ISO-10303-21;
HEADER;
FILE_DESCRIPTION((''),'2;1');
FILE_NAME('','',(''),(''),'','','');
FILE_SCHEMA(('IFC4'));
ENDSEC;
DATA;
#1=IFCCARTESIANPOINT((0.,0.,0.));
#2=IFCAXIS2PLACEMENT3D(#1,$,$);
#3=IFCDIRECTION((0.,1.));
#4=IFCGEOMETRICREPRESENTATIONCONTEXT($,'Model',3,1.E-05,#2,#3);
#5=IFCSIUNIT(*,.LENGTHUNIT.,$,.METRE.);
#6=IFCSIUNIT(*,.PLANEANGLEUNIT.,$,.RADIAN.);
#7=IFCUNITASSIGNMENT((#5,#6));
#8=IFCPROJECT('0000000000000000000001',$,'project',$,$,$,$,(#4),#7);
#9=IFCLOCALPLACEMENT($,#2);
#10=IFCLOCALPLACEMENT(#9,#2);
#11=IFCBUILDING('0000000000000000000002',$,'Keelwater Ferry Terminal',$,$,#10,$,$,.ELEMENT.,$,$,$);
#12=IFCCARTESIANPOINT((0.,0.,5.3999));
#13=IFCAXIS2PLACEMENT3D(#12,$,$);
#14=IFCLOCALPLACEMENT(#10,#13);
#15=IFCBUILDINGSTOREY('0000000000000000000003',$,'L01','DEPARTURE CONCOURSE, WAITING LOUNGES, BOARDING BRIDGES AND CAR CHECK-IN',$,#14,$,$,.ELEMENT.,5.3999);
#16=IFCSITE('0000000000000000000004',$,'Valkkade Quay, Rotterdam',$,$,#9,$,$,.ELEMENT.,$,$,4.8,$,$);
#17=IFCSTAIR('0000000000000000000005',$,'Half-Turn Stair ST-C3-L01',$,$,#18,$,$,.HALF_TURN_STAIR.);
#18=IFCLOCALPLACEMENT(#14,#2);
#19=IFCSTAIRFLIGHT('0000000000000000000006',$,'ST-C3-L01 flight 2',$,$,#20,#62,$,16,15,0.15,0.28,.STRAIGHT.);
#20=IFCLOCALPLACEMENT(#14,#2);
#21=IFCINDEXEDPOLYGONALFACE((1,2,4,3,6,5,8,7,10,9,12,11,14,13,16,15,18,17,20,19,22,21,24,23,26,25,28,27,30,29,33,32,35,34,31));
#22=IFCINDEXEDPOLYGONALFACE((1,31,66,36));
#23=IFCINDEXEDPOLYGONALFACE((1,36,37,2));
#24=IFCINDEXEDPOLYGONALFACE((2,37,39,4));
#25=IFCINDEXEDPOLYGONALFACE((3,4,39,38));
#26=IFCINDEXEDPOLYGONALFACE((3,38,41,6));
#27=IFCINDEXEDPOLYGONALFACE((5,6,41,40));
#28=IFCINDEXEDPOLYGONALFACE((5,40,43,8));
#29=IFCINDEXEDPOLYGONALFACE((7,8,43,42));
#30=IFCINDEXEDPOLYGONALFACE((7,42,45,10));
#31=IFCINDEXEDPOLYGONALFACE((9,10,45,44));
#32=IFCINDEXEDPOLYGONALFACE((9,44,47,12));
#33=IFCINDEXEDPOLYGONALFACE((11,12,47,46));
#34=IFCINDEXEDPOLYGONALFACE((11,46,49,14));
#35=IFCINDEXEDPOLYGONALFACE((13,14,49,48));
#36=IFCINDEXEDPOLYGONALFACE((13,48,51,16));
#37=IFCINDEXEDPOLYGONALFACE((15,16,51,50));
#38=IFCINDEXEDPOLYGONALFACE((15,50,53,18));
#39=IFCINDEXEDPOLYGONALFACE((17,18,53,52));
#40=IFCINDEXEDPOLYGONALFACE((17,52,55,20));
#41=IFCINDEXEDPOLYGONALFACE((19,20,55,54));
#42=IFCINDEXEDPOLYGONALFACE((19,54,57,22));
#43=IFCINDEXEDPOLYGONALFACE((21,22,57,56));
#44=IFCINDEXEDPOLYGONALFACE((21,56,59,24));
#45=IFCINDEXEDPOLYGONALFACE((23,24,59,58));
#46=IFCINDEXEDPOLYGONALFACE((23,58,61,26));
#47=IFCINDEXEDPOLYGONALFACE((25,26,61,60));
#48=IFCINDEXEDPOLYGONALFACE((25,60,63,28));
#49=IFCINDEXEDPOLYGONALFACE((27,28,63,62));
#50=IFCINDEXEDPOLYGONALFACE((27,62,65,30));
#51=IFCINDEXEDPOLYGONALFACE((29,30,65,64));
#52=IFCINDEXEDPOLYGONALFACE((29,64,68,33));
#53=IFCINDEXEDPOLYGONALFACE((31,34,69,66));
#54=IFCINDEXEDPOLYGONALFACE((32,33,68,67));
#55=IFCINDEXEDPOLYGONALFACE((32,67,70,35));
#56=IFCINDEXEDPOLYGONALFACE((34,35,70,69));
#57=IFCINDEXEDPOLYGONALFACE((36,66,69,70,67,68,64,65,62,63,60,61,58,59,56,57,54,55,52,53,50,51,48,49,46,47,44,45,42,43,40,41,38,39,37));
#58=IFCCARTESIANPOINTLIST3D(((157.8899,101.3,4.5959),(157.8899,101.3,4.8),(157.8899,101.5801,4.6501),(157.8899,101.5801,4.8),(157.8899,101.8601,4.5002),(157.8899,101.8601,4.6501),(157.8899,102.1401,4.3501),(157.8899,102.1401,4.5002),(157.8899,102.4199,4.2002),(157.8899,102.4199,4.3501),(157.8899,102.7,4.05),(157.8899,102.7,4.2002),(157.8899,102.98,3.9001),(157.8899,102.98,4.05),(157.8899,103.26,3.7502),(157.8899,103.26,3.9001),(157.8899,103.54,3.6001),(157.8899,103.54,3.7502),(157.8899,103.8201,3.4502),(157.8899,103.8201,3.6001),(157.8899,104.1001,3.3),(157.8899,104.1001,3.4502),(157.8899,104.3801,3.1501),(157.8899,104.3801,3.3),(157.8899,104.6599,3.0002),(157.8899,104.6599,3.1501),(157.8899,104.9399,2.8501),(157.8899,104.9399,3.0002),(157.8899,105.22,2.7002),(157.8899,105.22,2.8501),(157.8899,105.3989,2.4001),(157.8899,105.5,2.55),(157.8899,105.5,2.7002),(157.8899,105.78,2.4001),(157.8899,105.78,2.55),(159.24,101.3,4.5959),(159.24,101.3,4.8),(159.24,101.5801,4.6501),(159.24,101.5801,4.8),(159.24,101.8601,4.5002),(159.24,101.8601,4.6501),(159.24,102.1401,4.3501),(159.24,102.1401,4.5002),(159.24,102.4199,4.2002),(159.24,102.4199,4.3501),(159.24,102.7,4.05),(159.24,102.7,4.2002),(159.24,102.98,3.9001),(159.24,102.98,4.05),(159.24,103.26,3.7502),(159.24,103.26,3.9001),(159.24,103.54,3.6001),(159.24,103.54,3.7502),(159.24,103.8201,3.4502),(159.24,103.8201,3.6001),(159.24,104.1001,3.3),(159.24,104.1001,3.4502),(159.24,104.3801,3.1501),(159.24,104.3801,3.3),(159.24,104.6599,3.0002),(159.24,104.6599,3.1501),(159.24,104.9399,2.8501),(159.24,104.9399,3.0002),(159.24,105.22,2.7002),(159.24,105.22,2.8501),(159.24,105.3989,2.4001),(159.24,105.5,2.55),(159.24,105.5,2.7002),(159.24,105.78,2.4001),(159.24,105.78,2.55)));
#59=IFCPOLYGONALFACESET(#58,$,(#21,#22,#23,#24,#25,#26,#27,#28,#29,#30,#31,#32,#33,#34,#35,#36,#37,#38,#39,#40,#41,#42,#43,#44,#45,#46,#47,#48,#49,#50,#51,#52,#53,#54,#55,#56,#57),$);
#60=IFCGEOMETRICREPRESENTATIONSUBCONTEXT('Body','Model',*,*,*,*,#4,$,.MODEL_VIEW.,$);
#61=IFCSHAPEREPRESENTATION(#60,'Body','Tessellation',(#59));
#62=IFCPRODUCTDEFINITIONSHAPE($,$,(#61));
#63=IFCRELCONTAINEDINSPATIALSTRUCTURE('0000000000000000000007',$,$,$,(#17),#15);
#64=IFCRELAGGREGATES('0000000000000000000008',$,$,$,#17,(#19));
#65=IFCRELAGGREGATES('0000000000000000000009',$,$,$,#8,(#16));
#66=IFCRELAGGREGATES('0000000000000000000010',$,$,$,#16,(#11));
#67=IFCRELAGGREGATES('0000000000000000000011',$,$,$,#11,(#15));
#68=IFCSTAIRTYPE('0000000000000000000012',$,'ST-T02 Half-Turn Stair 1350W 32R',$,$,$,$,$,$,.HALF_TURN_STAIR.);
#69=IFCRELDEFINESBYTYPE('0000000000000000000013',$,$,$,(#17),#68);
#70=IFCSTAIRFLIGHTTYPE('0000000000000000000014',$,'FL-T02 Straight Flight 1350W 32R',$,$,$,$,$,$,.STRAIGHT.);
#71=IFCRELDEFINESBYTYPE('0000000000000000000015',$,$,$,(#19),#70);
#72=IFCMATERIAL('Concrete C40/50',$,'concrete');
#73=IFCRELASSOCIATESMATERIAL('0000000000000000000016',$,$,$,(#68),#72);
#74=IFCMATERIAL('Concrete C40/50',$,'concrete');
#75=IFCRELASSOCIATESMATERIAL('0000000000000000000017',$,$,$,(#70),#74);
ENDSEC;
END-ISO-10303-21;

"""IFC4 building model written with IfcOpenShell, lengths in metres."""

from ifc_helpers import new_model, si_unit, direction, frame, origin, place, context, subcontext, project, spatial, polyline, outline, extrude, material, type_object, element, aggregate, save


model = new_model("IFC4")

# Units and contexts
model_context = context("Model", 3, precision=1e-05, world=origin(), true_north=direction((0.0, 1.0)))
body_context = subcontext(model_context, "Body", "Model", "MODEL_VIEW")
ifc_project = project(units=[si_unit("LENGTHUNIT", "METRE"), si_unit("PLANEANGLEUNIT", "RADIAN")], contexts=[model_context])

# Site, building, storey
site_placement = place(None, origin())
site = spatial("IfcSite", under=ifc_project, at=site_placement, Name="Valkkade Quay, Rotterdam", CompositionType="ELEMENT", RefElevation=4.8)
building_placement = place(site_placement, origin())
building = spatial("IfcBuilding", under=site, at=building_placement, Name="Keelwater Ferry Terminal", CompositionType="ELEMENT")
storey_placement = place(building_placement, frame((0.0, 0.0, 5.3999)))
storey = spatial("IfcBuildingStorey", under=building, at=storey_placement, Name="L01", Description="DEPARTURE CONCOURSE, WAITING LOUNGES, BOARDING BRIDGES AND CAR CHECK-IN", CompositionType="ELEMENT", Elevation=5.3999)

# Stair, stair flight
ifc_material_1 = material(Name="Concrete C40/50", Category="concrete")
stair_type = type_object("IfcStairType", Name="ST-T02 Half-Turn Stair 1350W 32R", PredefinedType="HALF_TURN_STAIR", material=ifc_material_1)
stair_placement = place(storey_placement, origin())
stair = element("IfcStair", 1, at=stair_placement, inside=storey, type_object=stair_type, Name="Half-Turn Stair ST-C3-L01", PredefinedType="HALF_TURN_STAIR")
ifc_material_2 = material(Name="Concrete C40/50", Category="concrete")
stair_flight_type = type_object("IfcStairFlightType", Name="FL-T02 Straight Flight 1350W 32R", PredefinedType="STRAIGHT", material=ifc_material_2)
stair_flight_placement = place(storey_placement, frame((158.5649, 105.78, 2.4001), z_axis=(0.0, 0.0, 1.0), x_axis=(0.0, -1.0, 0.0)))
stair_flight = element("IfcStairFlight", 2, at=stair_flight_placement, type_object=stair_flight_type, Name="ST-C3-L01 flight 2", NumberOfRisers=16, NumberOfTreads=15, PredefinedType="STRAIGHT", RiserHeight=0.15, TreadLength=0.28, context=body_context, shape_type="SweptSolid", body=[
    extrude(outline(polyline([(0.0, 0.0), (0.0, 0.1499), (0.28, 0.1499), (0.28, 0.3), (0.5601, 0.3), (0.5601, 0.45), (0.8401, 0.45), (0.8401, 0.6001), (1.1201, 0.6001), (1.1201, 0.75), (1.3999, 0.75), (1.3999, 0.8999), (1.6799, 0.8999), (1.6799, 1.05), (1.96, 1.05), (1.96, 1.2), (2.24, 1.2), (2.24, 1.3501), (2.52, 1.3501), (2.52, 1.5), (2.8, 1.5), (2.8, 1.6499), (3.0801, 1.6499), (3.0801, 1.8), (3.3601, 1.8), (3.3601, 1.95), (3.6399, 1.95), (3.6399, 2.1001), (3.9199, 2.1001), (3.9199, 2.25), (4.2, 2.25), (4.2, 2.3999), (4.48, 2.3999), (4.48, 2.1958), (0.3811, 0.0), (0.0, 0.0)])), frame((0.0, 0.675, 0.0), z_axis=(0.0, -1.0, 0.0), x_axis=(1.0, 0.0, 0.0)), (0.0, 0.0, 1.0), 1.3501),
])
aggregate(stair, [stair_flight])

save(model, "model.ifc")
